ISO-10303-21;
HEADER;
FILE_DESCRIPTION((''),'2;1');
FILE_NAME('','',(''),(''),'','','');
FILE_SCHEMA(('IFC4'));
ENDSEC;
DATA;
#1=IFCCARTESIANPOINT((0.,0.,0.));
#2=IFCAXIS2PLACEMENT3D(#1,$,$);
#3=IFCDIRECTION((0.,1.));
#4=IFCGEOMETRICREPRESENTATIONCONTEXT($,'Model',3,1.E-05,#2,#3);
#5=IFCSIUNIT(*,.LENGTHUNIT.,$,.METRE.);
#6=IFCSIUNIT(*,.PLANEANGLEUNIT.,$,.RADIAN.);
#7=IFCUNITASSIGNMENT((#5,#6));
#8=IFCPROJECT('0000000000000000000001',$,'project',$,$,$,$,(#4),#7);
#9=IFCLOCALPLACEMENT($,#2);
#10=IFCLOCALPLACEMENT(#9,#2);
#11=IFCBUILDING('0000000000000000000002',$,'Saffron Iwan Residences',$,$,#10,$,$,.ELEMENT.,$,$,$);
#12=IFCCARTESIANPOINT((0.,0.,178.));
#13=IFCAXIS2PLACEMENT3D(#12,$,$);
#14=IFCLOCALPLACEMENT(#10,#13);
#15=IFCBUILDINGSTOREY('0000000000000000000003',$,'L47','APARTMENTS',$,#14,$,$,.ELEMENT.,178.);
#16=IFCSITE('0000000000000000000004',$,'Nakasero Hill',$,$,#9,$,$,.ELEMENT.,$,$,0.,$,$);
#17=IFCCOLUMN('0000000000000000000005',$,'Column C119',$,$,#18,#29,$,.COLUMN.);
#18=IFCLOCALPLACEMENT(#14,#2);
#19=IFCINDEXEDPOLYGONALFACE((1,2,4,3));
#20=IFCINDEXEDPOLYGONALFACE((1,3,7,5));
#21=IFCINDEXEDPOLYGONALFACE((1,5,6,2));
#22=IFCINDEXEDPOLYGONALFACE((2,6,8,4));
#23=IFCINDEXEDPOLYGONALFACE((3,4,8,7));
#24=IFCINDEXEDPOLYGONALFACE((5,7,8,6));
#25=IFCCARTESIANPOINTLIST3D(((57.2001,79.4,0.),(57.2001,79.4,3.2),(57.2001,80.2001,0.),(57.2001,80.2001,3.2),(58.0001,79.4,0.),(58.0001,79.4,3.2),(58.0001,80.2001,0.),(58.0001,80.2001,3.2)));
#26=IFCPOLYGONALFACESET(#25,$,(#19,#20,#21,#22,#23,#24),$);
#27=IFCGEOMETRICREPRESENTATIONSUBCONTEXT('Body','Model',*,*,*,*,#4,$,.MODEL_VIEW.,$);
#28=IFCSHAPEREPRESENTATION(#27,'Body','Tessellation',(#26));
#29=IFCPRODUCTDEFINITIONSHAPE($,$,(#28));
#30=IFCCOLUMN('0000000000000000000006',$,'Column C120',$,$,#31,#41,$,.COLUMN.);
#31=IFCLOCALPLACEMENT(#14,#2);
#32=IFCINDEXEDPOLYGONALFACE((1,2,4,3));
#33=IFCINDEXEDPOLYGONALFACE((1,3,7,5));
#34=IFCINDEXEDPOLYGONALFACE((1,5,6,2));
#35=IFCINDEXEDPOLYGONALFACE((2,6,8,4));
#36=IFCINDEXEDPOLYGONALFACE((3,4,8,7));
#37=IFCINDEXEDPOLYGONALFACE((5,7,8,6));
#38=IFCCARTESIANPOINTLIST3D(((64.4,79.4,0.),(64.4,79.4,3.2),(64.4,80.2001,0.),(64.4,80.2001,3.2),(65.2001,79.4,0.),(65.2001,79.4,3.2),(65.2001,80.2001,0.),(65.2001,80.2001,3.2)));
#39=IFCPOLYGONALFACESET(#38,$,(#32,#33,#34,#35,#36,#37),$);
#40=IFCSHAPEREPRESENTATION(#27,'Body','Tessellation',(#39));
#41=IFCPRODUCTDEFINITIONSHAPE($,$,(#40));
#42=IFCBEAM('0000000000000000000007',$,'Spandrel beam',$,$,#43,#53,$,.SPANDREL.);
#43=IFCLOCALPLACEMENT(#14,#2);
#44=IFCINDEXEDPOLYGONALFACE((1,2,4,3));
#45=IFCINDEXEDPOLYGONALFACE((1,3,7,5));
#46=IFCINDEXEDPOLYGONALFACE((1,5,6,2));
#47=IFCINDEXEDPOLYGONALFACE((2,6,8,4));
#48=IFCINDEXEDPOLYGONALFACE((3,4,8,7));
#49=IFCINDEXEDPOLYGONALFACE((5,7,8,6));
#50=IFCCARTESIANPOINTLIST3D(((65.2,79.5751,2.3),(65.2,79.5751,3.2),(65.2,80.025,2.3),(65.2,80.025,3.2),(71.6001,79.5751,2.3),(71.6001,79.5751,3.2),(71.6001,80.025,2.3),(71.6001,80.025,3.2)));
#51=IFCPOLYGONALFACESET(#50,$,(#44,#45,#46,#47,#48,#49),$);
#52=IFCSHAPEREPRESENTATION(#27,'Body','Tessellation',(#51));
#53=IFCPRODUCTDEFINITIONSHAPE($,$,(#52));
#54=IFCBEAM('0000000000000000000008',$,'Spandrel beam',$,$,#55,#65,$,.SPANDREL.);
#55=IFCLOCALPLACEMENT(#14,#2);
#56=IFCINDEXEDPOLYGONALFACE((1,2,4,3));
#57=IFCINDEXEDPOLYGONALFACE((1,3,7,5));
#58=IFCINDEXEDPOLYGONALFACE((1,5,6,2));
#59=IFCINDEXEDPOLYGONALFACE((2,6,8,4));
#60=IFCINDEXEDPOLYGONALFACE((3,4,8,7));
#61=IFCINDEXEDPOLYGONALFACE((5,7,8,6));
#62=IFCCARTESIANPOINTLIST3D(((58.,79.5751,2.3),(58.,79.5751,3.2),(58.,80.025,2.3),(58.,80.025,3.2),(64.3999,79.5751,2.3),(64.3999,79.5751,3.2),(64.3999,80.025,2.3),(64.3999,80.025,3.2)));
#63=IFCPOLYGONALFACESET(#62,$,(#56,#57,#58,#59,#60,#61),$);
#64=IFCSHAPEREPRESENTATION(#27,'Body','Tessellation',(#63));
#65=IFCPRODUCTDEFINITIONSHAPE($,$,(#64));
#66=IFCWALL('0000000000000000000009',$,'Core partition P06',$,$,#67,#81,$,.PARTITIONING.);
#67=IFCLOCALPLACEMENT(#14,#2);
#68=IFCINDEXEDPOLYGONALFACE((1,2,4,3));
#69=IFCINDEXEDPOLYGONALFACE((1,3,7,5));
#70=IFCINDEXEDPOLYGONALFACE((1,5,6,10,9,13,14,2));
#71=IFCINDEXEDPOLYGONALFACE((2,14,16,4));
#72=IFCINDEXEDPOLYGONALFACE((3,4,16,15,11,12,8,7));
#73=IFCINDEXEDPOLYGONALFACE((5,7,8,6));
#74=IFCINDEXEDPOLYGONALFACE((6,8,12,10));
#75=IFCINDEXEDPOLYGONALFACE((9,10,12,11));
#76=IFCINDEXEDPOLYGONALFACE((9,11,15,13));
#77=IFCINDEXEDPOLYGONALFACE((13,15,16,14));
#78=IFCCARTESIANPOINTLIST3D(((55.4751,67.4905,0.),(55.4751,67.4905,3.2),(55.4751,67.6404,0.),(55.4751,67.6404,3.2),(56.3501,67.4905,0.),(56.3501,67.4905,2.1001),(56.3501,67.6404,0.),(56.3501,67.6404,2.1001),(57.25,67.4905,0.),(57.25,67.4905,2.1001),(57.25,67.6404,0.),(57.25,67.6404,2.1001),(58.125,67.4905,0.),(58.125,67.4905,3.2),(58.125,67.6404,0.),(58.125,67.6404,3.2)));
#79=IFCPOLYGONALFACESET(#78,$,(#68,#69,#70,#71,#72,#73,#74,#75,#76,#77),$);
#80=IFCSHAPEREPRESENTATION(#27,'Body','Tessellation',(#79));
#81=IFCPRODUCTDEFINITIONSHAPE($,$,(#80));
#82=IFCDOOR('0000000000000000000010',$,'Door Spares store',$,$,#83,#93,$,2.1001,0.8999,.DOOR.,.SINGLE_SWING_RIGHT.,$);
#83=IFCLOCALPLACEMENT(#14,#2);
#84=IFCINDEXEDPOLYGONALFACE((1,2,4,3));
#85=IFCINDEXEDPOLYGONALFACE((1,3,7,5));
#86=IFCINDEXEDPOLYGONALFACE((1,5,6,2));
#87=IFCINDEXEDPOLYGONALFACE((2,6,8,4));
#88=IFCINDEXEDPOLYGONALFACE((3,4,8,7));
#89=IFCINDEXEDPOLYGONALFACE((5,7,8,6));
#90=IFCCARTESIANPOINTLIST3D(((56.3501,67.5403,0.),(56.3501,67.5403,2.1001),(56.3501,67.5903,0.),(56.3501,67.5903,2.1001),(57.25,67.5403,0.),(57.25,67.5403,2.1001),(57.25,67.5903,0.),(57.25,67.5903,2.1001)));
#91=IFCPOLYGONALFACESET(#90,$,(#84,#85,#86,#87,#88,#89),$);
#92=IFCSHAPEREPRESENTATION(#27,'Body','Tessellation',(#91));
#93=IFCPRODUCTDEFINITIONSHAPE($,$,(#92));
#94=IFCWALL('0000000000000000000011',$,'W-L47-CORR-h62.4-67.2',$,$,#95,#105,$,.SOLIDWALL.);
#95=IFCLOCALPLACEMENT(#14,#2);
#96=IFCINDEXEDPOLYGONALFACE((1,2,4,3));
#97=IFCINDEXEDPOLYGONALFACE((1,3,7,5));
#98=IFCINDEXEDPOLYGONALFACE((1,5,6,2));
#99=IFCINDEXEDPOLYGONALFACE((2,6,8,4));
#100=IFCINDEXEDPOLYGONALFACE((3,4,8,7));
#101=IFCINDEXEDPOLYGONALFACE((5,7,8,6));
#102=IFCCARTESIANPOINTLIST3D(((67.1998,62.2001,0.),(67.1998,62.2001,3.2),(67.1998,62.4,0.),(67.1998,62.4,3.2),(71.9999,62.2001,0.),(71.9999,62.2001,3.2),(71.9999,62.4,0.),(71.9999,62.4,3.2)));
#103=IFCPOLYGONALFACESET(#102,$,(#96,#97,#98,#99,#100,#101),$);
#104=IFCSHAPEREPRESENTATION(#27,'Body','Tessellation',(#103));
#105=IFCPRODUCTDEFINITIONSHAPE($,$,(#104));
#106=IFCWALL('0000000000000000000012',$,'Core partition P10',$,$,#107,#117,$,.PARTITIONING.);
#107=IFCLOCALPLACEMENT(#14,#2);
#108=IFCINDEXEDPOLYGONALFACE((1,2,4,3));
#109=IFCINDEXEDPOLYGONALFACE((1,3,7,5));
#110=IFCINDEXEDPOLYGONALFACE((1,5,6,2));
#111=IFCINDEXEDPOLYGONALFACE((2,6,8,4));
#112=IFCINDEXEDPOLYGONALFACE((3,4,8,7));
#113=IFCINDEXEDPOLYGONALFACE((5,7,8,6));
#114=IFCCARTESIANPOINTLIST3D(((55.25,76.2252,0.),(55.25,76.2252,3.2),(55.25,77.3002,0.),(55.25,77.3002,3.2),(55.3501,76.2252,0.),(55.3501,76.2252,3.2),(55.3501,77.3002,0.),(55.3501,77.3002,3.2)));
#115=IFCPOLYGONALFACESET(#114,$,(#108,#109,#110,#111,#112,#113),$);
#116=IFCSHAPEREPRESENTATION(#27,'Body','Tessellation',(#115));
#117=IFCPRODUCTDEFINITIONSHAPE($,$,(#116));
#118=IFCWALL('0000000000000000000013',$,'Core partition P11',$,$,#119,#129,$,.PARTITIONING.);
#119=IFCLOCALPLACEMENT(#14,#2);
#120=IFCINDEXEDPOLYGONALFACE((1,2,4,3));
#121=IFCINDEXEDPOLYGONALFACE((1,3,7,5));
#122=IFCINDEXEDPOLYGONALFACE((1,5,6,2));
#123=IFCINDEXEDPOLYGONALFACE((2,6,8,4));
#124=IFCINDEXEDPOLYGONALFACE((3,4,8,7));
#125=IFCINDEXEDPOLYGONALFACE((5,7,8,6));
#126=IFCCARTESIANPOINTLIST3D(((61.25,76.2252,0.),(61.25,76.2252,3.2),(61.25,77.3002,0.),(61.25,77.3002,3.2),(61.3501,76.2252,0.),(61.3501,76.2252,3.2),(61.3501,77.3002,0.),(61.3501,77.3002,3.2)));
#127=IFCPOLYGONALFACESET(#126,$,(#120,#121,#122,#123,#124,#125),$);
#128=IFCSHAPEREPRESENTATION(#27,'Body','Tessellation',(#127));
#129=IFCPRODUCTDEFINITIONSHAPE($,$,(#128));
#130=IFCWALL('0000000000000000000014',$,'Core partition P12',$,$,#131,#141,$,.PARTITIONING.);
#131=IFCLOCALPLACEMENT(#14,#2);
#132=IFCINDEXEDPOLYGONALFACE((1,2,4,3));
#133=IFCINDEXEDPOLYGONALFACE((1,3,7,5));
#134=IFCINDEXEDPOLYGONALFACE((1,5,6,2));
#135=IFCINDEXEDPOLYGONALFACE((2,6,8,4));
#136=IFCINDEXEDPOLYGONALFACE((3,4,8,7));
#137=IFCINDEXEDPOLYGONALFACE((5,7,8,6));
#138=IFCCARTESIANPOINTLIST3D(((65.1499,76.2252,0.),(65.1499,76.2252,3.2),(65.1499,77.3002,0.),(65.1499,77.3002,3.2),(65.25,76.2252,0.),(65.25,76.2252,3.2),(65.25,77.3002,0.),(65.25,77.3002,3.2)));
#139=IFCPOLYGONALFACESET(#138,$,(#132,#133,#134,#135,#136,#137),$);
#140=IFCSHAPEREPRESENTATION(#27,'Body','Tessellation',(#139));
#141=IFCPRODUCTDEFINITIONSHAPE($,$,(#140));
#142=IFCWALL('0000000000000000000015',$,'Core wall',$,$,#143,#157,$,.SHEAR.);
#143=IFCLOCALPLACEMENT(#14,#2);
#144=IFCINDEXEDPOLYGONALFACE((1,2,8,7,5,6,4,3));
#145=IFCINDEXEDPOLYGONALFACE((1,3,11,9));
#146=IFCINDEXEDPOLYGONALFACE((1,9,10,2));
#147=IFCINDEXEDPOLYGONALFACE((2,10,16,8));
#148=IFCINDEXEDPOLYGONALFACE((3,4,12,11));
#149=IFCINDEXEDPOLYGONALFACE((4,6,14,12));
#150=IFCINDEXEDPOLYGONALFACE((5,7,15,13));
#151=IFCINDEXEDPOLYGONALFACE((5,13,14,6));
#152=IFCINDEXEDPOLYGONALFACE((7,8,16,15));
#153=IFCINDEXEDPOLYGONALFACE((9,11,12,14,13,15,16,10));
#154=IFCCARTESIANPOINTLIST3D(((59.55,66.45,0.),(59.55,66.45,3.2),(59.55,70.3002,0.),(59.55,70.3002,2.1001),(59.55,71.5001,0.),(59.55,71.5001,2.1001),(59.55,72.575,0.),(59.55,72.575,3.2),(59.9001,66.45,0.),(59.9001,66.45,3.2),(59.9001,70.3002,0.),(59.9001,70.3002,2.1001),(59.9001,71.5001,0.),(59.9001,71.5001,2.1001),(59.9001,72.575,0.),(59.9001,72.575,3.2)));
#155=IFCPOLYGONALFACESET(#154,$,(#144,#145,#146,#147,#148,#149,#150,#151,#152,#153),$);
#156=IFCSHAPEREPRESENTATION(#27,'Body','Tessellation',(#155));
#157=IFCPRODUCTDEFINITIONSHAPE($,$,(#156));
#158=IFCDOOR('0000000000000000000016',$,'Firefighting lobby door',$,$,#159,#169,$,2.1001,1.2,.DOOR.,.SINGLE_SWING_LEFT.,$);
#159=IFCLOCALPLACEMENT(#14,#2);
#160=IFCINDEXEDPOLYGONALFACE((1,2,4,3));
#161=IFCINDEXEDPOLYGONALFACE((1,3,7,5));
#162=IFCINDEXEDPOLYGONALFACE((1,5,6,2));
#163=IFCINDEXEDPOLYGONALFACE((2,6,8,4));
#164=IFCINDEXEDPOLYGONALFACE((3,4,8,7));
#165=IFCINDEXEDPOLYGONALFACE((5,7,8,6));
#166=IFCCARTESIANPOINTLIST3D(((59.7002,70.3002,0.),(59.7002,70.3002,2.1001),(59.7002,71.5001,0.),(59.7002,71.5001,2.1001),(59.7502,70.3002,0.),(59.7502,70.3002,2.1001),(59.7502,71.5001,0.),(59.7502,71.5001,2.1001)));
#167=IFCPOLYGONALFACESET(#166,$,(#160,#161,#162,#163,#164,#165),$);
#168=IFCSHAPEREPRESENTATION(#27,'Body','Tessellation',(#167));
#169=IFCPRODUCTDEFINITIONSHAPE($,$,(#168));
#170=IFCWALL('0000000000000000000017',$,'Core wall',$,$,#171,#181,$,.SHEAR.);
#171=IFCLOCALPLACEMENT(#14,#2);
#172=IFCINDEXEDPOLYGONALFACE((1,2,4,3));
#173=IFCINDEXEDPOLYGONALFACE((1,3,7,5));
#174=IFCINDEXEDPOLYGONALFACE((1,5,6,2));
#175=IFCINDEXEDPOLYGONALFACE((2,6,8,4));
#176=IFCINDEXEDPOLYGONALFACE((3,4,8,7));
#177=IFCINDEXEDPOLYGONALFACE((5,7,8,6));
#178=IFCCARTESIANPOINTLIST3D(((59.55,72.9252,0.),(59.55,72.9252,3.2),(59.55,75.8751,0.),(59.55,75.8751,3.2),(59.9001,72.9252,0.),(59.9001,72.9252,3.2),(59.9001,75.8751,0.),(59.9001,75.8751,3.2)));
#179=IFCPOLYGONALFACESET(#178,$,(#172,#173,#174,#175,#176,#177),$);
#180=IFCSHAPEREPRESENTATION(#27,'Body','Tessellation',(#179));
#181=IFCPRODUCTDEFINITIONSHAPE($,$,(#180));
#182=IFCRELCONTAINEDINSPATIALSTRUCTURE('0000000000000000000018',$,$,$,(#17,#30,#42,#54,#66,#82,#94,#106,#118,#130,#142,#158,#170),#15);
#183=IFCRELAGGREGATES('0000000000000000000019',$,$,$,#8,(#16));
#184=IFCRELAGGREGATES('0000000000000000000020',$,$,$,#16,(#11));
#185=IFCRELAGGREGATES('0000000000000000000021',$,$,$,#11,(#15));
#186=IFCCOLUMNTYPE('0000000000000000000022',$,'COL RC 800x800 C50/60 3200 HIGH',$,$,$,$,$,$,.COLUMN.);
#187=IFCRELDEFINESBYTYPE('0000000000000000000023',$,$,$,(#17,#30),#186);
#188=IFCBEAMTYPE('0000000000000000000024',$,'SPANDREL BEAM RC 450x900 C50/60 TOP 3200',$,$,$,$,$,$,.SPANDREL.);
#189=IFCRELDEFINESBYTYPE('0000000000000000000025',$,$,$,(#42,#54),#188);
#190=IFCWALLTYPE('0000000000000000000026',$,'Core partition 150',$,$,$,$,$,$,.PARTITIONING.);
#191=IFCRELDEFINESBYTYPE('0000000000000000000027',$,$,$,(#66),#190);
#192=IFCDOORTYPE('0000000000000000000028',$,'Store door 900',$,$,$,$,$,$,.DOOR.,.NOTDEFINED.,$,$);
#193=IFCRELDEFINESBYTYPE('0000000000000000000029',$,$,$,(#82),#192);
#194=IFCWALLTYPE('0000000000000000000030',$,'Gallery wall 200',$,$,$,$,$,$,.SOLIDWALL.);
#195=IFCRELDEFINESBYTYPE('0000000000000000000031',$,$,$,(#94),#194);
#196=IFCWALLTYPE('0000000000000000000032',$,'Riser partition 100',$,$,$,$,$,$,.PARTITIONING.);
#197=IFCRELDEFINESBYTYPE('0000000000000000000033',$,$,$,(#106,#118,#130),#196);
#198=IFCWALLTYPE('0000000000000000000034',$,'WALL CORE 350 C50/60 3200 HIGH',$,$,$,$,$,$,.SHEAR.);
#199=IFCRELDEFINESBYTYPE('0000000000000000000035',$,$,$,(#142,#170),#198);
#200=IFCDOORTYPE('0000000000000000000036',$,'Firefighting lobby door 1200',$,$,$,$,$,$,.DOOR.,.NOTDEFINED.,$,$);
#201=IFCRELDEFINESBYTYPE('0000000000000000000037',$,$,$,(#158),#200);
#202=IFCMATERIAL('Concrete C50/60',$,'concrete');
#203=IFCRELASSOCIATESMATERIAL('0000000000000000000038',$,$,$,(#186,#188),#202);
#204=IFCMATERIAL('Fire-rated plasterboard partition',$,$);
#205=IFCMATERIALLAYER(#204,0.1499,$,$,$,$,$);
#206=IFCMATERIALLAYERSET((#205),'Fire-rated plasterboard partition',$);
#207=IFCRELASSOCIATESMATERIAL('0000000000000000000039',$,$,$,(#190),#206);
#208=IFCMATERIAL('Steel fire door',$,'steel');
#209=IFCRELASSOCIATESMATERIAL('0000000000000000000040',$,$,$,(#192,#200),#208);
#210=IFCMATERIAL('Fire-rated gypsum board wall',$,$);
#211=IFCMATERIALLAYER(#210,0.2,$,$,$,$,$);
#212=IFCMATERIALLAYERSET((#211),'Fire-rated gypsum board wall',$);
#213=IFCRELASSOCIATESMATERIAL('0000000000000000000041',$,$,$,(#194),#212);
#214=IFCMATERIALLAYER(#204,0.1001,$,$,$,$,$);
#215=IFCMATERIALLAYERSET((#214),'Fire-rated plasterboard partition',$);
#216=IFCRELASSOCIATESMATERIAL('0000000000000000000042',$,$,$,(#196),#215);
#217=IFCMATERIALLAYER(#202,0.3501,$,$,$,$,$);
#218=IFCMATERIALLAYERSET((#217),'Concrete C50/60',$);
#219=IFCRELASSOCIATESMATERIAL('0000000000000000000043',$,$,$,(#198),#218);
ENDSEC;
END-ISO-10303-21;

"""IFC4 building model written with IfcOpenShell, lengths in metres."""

from ifc_helpers import new_model, si_unit, direction, frame, frame_2d, origin, origin_2d, place, context, subcontext, project, spatial, rectangle, extrude, source, transform, mapped, material, layer, layer_set, material_profile, profile_set, type_object, element, fill, save


model = new_model("IFC4")

# Units and contexts
model_context = context("Model", 3, precision=1e-05, world=origin(), true_north=direction((0.0, 1.0)))
body_context = subcontext(model_context, "Body", "Model", "MODEL_VIEW")
ifc_project = project(units=[si_unit("LENGTHUNIT", "METRE"), si_unit("PLANEANGLEUNIT", "RADIAN")], contexts=[model_context])

# Site, building, storey
site_placement = place(None, origin())
site = spatial("IfcSite", under=ifc_project, at=site_placement, Name="Nakasero Hill", CompositionType="ELEMENT", RefElevation=0.0)
building_placement = place(site_placement, origin())
building = spatial("IfcBuilding", under=site, at=building_placement, Name="Saffron Iwan Residences", CompositionType="ELEMENT")
storey_placement = place(building_placement, frame((0.0, 0.0, 178.0)))
storey = spatial("IfcBuildingStorey", under=building, at=storey_placement, Name="L47", Description="APARTMENTS", CompositionType="ELEMENT", Elevation=178.0)

# Columns
ifc_material_1 = material(Name="Concrete C50/60", Category="concrete")
ifc_material_profile_1 = material_profile(ifc_material_1, rectangle(XDim=0.8, YDim=0.8, at=origin_2d()), Name="RC 800x800")
ifc_profile_set_1 = profile_set([ifc_material_profile_1], Name="Concrete C50/60")
column_type = type_object("IfcColumnType", Name="COL RC 800x800 C50/60 3200 HIGH", PredefinedType="COLUMN", material=ifc_profile_set_1)
shared_shape_1 = source(origin(), body_context, "Body", "SweptSolid", [
    extrude(rectangle(XDim=0.8, YDim=0.8, at=origin_2d()), origin(), (0.0, 0.0, 1.0), 3.2),
])
for number, where, z_axis, x_axis, name in (
    (1, (57.6001, 79.8, 0.0), (0.0, 0.0, 1.0), (1.0, 0.0, 0.0), "Column C119"),
    (2, (64.8, 79.8, 0.0), (0.0, 0.0, 1.0), (1.0, 0.0, 0.0), "Column C120"),
):
    element("IfcColumn", number, at=place(storey_placement, frame(where, z_axis=z_axis, x_axis=x_axis)), inside=storey, type_object=column_type, Name=name, PredefinedType="COLUMN", context=body_context, shape_type="MappedRepresentation", body=[
        mapped(shared_shape_1, transform((0.0, 0.0, 0.0))),
    ])

# Beams
ifc_material_profile_2 = material_profile(ifc_material_1, rectangle(XDim=0.45, YDim=0.8999, at=origin_2d()), Name="RC 450x900")
ifc_profile_set_2 = profile_set([ifc_material_profile_2], Name="Concrete C50/60")
beam_type = type_object("IfcBeamType", Name="SPANDREL BEAM RC 450x900 C50/60 TOP 3200", PredefinedType="SPANDREL", material=ifc_profile_set_2)
shared_shape_2 = source(origin(), body_context, "Body", "SweptSolid", [
    extrude(rectangle(XDim=0.45, YDim=0.8999, at=origin_2d()), origin(), (0.0, 0.0, 1.0), 6.4001),
])
beam_1_placement = place(storey_placement, frame((65.2, 79.8, 2.75), z_axis=(1.0, 0.0, 0.0), x_axis=(0.0, 1.0, 0.0)))
element("IfcBeam", 3, at=beam_1_placement, inside=storey, type_object=beam_type, Name="Spandrel beam", PredefinedType="SPANDREL", context=body_context, shape_type="MappedRepresentation", body=[
    mapped(shared_shape_2, transform((0.0, 0.0, 0.0))),
])
shared_shape_3 = source(origin(), body_context, "Body", "SweptSolid", [
    extrude(rectangle(XDim=0.45, YDim=0.8999, at=origin_2d()), origin(), (0.0, 0.0, 1.0), 6.3999),
])
beam_2_placement = place(storey_placement, frame((58.0, 79.8, 2.75), z_axis=(1.0, 0.0, 0.0), x_axis=(0.0, 1.0, 0.0)))
element("IfcBeam", 4, at=beam_2_placement, inside=storey, type_object=beam_type, Name="Spandrel beam", PredefinedType="SPANDREL", context=body_context, shape_type="MappedRepresentation", body=[
    mapped(shared_shape_3, transform((0.0, 0.0, 0.0))),
])

# Wall, opening, door
ifc_material_2 = material(Name="Fire-rated plasterboard partition")
ifc_layer_1 = layer(ifc_material_2, 0.1499)
ifc_layer_set_1 = layer_set([ifc_layer_1], Name="Fire-rated plasterboard partition")
wall_type_1 = type_object("IfcWallType", Name="Core partition 150", PredefinedType="PARTITIONING", material=ifc_layer_set_1)
wall_1_placement = place(storey_placement, frame((55.4751, 67.5654, 0.0), z_axis=(0.0, 0.0, 1.0), x_axis=(1.0, 0.0, 0.0)))
wall_1 = element("IfcWall", 5, at=wall_1_placement, inside=storey, type_object=wall_type_1, Name="Core partition P06", PredefinedType="PARTITIONING", context=body_context, shape_type="SweptSolid", body=[
    extrude(rectangle(XDim=2.6499, YDim=0.1499, at=frame_2d((1.325, 0.0))), origin(), (0.0, 0.0, 1.0), 3.2),
])
opening_1_placement = place(wall_1_placement, frame((0.875, 0.0, 0.0)))
opening_1 = element("IfcOpeningElement", 6, at=opening_1_placement, cuts=wall_1, PredefinedType="OPENING", context=body_context, shape_type="SweptSolid", body=[
    extrude(rectangle(XDim=0.8999, YDim=2.1001, at=frame_2d((0.45, 1.05))), frame((0.0, 0.085, 0.0), z_axis=(0.0, -1.0, 0.0), x_axis=(1.0, 0.0, 0.0)), (0.0, 0.0, 1.0), 0.1699),
])
ifc_material_3 = material(Name="Steel fire door", Category="steel")
door_type_1 = type_object("IfcDoorType", Name="Store door 900", OperationType="NOTDEFINED", PredefinedType="DOOR", material=ifc_material_3)
door_1_placement = place(opening_1_placement, origin())
door_1 = element("IfcDoor", 7, at=door_1_placement, inside=storey, type_object=door_type_1, Name="Door Spares store", OperationType="SINGLE_SWING_RIGHT", OverallHeight=2.1001, OverallWidth=0.8999, PredefinedType="DOOR", context=body_context, shape_type="SweptSolid", body=[
    extrude(rectangle(XDim=0.8999, YDim=2.1001, at=frame_2d((0.45, 1.05))), frame((0.0, 0.0249, 0.0), z_axis=(0.0, -1.0, 0.0), x_axis=(1.0, 0.0, 0.0)), (0.0, 0.0, 1.0), 0.05),
])
fill(opening_1, door_1)

# Walls
ifc_material_4 = material(Name="Fire-rated gypsum board wall")
ifc_layer_2 = layer(ifc_material_4, 0.2)
ifc_layer_set_2 = layer_set([ifc_layer_2], Name="Fire-rated gypsum board wall")
wall_type_2 = type_object("IfcWallType", Name="Gallery wall 200", PredefinedType="SOLIDWALL", material=ifc_layer_set_2)
wall_2_placement = place(storey_placement, frame((67.2, 62.3, 0.0), z_axis=(0.0, 0.0, 1.0), x_axis=(1.0, 0.0, 0.0)))
element("IfcWall", 8, at=wall_2_placement, inside=storey, type_object=wall_type_2, Name="W-L47-CORR-h62.4-67.2", PredefinedType="SOLIDWALL", context=body_context, shape_type="SweptSolid", body=[
    extrude(rectangle(XDim=4.8, YDim=0.2, at=frame_2d((2.3999, 0.0))), origin(), (0.0, 0.0, 1.0), 3.2),
])
ifc_layer_3 = layer(ifc_material_2, 0.1001)
ifc_layer_set_3 = layer_set([ifc_layer_3], Name="Fire-rated plasterboard partition")
wall_type_3 = type_object("IfcWallType", Name="Riser partition 100", PredefinedType="PARTITIONING", material=ifc_layer_set_3)
for number, where, z_axis, x_axis, name in (
    (9, (55.3, 76.2251, 0.0), (0.0, 0.0, 1.0), (0.0, 1.0, 0.0), "Core partition P10"),
    (10, (61.3, 76.2251, 0.0), (0.0, 0.0, 1.0), (0.0, 1.0, 0.0), "Core partition P11"),
    (11, (65.2, 76.2251, 0.0), (0.0, 0.0, 1.0), (0.0, 1.0, 0.0), "Core partition P12"),
):
    element("IfcWall", number, at=place(storey_placement, frame(where, z_axis=z_axis, x_axis=x_axis)), inside=storey, type_object=wall_type_3, Name=name, PredefinedType="PARTITIONING", context=body_context, shape_type="SweptSolid", body=[
        extrude(rectangle(XDim=1.075, YDim=0.1001, at=frame_2d((0.5376, 0.0))), origin(), (0.0, 0.0, 1.0), 3.2),
    ])

# Wall, opening, door
ifc_layer_4 = layer(ifc_material_1, 0.3501)
ifc_layer_set_4 = layer_set([ifc_layer_4], Name="Concrete C50/60")
wall_type_4 = type_object("IfcWallType", Name="WALL CORE 350 C50/60 3200 HIGH", PredefinedType="SHEAR", material=ifc_layer_set_4)
wall_3_placement = place(storey_placement, frame((59.7251, 66.45, 0.0), z_axis=(0.0, 0.0, 1.0), x_axis=(0.0, 1.0, 0.0)))
wall_3 = element("IfcWall", 12, at=wall_3_placement, inside=storey, type_object=wall_type_4, Name="Core wall", PredefinedType="SHEAR", context=body_context, shape_type="SweptSolid", body=[
    extrude(rectangle(XDim=6.125, YDim=0.3501, at=frame_2d((3.0625, 0.0))), origin(), (0.0, 0.0, 1.0), 3.2),
])
opening_2_placement = place(wall_3_placement, frame((3.8501, 0.0, 0.0)))
opening_2 = element("IfcOpeningElement", 13, at=opening_2_placement, cuts=wall_3, PredefinedType="OPENING", context=body_context, shape_type="SweptSolid", body=[
    extrude(rectangle(XDim=1.2, YDim=2.1001, at=frame_2d((0.6001, 1.05))), frame((0.0, 0.1851, 0.0), z_axis=(0.0, -1.0, 0.0), x_axis=(1.0, 0.0, 0.0)), (0.0, 0.0, 1.0), 0.3701),
])
door_type_2 = type_object("IfcDoorType", Name="Firefighting lobby door 1200", OperationType="NOTDEFINED", PredefinedType="DOOR", material=ifc_material_3)
door_2_placement = place(opening_2_placement, origin())
door_2 = element("IfcDoor", 14, at=door_2_placement, inside=storey, type_object=door_type_2, Name="Firefighting lobby door", OperationType="SINGLE_SWING_LEFT", OverallHeight=2.1001, OverallWidth=1.2, PredefinedType="DOOR", context=body_context, shape_type="SweptSolid", body=[
    extrude(rectangle(XDim=1.2, YDim=2.1001, at=frame_2d((0.6001, 1.05))), frame((0.0, 0.0249, 0.0), z_axis=(0.0, -1.0, 0.0), x_axis=(1.0, 0.0, 0.0)), (0.0, 0.0, 1.0), 0.05),
])
fill(opening_2, door_2)

# Wall
wall_4_placement = place(storey_placement, frame((59.7251, 72.925, 0.0), z_axis=(0.0, 0.0, 1.0), x_axis=(0.0, 1.0, 0.0)))
element("IfcWall", 15, at=wall_4_placement, inside=storey, type_object=wall_type_4, Name="Core wall", PredefinedType="SHEAR", context=body_context, shape_type="SweptSolid", body=[
    extrude(rectangle(XDim=2.95, YDim=0.3501, at=frame_2d((1.4751, 0.0))), origin(), (0.0, 0.0, 1.0), 3.2),
])

save(model, "model.ifc")
